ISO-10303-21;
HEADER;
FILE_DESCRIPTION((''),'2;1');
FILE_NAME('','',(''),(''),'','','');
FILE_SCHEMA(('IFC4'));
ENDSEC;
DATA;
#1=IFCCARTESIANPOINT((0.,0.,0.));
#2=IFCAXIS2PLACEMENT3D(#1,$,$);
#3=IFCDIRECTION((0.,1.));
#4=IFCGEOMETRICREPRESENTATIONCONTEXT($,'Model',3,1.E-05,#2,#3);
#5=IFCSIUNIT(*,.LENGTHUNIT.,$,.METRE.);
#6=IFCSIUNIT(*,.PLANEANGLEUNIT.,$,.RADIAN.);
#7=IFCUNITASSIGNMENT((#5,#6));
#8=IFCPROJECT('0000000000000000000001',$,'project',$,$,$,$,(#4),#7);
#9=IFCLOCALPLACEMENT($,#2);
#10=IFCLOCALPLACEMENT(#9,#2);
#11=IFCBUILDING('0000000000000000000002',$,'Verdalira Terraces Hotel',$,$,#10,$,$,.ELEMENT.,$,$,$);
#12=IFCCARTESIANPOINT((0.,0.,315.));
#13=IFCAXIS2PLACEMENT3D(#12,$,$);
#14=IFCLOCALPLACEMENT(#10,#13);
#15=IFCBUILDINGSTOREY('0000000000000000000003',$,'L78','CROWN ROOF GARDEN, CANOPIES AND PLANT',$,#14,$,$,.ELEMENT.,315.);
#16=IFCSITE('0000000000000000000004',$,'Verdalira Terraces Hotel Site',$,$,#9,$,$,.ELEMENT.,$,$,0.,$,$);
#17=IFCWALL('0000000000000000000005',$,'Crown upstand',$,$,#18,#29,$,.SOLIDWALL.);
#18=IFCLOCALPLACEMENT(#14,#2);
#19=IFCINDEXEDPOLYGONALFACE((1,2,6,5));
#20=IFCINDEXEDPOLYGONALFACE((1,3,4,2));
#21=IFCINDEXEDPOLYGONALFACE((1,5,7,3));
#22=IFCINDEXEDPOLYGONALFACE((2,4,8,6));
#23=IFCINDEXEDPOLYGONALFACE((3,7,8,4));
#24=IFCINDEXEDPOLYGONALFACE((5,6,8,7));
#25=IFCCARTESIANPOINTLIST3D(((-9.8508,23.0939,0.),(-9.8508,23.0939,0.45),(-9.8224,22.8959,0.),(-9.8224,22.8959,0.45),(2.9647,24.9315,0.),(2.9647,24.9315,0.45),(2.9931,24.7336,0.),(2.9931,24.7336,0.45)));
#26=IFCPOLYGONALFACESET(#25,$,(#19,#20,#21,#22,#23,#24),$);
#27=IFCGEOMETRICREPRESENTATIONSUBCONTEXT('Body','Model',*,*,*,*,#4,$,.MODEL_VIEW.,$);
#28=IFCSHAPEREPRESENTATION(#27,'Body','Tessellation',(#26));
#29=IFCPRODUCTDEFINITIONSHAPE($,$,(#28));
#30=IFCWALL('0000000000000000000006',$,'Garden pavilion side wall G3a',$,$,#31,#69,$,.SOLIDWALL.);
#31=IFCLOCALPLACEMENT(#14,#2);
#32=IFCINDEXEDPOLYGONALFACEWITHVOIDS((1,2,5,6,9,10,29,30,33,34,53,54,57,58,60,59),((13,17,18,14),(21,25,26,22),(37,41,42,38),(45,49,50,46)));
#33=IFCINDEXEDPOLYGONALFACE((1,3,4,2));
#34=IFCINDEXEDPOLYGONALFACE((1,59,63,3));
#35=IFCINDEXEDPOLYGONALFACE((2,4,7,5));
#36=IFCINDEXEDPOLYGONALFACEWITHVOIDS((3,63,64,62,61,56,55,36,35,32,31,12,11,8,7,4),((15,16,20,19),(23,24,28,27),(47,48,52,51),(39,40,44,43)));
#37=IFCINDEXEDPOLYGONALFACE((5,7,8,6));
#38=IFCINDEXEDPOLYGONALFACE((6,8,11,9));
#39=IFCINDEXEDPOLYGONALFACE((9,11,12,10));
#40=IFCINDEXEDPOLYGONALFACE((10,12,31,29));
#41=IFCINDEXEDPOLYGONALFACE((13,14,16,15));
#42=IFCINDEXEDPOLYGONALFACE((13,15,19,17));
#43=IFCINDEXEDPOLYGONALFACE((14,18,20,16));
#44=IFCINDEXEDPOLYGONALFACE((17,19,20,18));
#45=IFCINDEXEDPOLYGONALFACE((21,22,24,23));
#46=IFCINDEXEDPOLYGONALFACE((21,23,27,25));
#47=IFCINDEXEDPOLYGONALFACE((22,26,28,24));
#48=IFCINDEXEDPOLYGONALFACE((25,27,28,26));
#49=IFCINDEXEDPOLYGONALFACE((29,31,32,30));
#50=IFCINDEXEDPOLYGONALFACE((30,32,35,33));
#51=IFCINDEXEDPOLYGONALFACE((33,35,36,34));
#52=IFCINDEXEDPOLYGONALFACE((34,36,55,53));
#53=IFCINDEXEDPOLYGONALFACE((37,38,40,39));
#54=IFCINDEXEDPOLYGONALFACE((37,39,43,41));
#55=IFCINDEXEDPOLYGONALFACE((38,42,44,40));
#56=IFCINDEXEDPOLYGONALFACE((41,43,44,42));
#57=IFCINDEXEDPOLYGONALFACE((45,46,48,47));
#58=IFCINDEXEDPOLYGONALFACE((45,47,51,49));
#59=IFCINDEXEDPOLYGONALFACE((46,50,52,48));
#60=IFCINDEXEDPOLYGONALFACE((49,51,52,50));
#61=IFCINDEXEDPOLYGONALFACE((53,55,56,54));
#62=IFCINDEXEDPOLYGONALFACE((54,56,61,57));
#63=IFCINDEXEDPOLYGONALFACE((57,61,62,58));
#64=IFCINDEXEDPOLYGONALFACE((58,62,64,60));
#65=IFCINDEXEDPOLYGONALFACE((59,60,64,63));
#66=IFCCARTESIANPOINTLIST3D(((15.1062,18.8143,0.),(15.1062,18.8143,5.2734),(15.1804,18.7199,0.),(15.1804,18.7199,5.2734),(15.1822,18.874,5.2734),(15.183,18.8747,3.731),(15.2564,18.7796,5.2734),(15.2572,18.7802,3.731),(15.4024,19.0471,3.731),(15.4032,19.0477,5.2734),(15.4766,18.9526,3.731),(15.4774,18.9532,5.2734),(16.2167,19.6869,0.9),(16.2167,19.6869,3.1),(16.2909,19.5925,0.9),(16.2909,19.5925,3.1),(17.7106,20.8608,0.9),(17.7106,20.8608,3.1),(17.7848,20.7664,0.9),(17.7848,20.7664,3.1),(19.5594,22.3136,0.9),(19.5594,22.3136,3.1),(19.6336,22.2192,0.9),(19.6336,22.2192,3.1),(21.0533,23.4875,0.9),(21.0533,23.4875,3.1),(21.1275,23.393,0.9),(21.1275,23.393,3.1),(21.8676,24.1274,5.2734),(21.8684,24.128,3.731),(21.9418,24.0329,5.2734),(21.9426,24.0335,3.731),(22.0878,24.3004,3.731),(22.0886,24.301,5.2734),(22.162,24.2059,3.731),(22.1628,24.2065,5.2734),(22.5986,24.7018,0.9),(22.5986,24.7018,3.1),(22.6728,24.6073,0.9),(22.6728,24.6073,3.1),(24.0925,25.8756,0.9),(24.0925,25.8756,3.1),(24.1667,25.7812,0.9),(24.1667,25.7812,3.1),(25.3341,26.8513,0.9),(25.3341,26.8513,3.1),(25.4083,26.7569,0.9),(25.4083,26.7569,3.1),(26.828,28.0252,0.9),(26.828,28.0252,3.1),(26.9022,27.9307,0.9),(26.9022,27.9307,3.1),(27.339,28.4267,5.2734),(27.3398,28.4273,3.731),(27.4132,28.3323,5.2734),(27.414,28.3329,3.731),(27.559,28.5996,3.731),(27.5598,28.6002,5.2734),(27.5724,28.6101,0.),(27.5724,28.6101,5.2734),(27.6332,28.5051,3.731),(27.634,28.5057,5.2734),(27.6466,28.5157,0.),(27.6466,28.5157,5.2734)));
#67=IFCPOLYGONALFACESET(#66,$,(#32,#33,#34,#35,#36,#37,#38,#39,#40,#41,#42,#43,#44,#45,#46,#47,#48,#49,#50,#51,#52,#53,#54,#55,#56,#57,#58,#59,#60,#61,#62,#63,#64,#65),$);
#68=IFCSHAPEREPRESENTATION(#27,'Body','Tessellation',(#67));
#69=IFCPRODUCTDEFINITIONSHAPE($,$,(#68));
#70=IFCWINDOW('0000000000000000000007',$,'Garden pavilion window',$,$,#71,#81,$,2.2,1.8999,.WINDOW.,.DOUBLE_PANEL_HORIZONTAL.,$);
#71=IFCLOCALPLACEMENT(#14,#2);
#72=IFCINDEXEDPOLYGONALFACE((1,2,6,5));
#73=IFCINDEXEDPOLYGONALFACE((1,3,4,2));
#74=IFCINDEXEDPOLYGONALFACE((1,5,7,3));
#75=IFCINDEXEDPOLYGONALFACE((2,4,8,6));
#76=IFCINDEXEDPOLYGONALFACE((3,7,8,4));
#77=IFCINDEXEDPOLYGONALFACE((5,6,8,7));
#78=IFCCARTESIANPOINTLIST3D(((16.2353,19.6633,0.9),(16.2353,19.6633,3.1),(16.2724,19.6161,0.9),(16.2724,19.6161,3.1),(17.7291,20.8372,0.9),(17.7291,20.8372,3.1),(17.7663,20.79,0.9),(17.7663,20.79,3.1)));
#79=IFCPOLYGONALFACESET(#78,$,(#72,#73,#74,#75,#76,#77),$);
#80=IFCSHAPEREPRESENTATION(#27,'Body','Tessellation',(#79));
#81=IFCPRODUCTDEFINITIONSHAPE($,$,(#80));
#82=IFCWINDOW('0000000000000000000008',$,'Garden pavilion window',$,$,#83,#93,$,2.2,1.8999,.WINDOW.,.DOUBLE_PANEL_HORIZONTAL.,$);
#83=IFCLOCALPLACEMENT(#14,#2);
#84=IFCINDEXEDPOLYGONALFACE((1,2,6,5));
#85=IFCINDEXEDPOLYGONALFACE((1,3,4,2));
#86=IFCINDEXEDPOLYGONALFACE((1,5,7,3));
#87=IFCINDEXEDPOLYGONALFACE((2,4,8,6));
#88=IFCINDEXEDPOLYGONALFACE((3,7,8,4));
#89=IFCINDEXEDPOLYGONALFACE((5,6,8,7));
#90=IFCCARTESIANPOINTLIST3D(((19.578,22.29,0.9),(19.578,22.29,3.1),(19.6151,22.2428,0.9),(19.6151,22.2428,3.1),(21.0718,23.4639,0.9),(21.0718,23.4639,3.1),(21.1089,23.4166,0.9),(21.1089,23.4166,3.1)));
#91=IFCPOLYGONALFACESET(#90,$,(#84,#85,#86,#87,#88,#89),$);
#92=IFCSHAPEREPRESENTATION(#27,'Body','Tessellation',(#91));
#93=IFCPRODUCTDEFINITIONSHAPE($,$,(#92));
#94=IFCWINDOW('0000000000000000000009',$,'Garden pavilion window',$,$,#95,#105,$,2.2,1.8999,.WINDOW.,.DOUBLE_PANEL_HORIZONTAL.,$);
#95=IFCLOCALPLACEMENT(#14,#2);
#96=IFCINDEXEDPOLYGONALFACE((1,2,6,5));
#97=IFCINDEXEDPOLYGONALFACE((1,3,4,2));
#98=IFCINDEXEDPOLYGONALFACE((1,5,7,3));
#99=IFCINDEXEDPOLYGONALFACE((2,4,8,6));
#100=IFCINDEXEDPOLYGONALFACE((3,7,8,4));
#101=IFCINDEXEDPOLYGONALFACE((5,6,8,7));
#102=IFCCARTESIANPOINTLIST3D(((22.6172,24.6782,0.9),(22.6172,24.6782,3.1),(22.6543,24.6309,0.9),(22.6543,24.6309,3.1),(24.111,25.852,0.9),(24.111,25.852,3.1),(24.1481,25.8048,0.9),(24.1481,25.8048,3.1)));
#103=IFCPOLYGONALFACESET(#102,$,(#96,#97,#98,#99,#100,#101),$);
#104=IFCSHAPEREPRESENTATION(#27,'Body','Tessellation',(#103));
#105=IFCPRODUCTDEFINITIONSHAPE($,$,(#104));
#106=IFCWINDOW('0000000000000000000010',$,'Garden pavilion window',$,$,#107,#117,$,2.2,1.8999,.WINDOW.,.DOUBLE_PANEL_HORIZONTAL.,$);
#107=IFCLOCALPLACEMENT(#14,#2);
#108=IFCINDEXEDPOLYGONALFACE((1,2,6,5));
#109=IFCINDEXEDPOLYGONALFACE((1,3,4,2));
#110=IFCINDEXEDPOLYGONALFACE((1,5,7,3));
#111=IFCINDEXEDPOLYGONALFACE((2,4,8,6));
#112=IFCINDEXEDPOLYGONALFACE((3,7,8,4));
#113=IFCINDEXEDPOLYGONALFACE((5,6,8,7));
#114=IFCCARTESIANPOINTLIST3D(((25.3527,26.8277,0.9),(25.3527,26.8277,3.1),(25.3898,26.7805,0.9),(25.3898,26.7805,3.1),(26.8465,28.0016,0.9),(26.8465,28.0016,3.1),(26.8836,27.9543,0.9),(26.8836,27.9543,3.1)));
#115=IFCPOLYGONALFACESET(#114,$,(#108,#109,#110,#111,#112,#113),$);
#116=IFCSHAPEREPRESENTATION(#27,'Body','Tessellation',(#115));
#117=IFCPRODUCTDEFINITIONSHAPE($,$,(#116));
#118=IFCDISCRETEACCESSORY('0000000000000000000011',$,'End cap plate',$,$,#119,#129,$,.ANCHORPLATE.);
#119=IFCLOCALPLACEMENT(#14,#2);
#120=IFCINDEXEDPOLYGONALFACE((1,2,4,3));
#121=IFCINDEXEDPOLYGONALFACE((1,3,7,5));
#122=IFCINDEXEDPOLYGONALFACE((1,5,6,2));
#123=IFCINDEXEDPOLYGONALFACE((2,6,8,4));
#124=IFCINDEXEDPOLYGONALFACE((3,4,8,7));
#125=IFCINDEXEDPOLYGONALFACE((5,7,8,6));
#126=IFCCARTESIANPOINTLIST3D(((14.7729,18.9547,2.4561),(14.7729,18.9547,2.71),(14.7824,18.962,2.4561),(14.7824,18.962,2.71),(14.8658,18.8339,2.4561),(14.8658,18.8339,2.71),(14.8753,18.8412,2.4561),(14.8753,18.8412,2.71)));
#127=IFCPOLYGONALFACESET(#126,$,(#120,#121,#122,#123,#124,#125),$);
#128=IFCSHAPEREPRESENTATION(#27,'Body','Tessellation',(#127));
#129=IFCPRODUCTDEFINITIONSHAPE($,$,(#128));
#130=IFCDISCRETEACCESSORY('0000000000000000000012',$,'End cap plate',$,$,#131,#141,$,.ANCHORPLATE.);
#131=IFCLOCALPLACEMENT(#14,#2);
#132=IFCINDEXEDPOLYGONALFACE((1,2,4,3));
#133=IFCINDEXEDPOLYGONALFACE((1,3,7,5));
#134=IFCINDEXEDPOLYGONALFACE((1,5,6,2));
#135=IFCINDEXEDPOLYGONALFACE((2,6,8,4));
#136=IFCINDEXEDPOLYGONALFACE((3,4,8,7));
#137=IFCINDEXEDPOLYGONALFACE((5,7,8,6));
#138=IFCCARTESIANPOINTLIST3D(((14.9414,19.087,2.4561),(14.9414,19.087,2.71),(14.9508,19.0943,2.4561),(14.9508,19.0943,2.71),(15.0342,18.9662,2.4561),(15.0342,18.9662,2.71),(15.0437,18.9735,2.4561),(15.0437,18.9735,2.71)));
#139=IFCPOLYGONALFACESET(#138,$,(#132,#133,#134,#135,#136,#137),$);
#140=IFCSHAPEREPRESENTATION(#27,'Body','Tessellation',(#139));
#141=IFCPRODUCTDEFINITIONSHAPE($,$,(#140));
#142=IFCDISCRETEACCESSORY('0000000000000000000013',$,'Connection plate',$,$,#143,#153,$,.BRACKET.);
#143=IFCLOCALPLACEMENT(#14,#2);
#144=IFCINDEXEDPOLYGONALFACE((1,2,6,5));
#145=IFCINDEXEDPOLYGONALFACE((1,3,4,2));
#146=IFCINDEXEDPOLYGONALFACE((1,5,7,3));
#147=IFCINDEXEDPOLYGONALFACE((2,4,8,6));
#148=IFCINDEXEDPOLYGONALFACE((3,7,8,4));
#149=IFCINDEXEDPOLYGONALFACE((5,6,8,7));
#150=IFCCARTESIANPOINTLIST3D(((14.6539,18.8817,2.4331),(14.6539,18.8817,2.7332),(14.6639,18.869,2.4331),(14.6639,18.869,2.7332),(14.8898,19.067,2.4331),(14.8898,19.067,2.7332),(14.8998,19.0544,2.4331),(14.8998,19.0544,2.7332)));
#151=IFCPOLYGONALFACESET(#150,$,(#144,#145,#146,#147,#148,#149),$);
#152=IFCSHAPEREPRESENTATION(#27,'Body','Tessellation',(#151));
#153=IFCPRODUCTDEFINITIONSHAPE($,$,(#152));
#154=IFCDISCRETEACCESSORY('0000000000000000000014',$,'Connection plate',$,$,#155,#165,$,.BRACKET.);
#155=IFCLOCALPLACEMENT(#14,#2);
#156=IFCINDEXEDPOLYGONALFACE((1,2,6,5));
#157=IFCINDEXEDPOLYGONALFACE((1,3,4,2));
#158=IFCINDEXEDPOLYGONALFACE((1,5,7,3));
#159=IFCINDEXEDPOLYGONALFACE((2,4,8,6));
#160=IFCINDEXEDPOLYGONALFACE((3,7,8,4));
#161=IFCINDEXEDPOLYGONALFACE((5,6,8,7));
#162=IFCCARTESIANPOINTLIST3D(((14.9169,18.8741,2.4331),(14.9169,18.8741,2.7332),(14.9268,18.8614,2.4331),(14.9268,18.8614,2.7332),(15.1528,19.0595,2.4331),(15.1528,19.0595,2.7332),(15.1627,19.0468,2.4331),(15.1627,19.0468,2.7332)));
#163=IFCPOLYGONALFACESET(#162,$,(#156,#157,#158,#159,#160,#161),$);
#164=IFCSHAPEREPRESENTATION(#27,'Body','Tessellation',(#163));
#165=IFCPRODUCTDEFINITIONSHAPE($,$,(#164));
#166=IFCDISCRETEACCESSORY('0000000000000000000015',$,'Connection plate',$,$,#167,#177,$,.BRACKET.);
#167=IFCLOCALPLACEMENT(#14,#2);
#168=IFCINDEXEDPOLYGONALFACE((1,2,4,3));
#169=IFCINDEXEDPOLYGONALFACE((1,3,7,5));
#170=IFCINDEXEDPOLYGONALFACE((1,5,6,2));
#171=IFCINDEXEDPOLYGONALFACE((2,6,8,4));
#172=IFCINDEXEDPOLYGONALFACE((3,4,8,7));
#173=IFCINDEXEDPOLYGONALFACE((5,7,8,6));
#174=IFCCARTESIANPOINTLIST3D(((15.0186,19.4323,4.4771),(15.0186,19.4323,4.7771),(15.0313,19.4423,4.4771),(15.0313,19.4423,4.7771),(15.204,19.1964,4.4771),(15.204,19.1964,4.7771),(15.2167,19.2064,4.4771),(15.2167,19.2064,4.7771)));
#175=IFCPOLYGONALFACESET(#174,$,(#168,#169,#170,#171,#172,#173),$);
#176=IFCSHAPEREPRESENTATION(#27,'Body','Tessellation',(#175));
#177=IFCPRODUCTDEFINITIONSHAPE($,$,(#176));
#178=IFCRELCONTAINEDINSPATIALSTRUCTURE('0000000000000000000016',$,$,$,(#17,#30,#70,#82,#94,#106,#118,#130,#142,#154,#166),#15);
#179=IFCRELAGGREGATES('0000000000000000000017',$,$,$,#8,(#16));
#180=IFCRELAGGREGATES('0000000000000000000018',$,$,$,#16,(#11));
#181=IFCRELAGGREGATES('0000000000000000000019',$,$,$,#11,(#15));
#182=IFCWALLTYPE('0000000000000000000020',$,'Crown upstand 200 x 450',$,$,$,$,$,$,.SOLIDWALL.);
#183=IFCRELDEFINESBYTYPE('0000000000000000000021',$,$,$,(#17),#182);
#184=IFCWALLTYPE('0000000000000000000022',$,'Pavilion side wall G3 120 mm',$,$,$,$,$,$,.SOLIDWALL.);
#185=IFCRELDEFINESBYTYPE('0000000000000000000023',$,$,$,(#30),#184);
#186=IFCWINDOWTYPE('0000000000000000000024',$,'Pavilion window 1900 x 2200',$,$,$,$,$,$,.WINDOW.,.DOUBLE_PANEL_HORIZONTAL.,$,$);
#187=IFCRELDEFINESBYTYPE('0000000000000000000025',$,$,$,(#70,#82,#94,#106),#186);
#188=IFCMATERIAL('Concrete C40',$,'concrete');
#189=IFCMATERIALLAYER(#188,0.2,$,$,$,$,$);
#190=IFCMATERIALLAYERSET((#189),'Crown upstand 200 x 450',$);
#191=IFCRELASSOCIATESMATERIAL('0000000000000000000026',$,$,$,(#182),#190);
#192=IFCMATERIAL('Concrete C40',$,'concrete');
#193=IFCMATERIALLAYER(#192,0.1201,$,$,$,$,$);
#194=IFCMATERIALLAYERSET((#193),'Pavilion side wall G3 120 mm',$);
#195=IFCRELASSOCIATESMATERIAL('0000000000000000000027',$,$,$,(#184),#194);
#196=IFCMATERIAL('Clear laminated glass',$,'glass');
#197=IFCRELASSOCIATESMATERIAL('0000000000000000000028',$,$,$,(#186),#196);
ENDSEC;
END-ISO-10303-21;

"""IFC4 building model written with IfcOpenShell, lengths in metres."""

from ifc_helpers import new_model, si_unit, direction, frame, frame_2d, origin, origin_2d, place, context, subcontext, project, spatial, polyline, rectangle, outline, extrude, material, layer, layer_set, type_object, element, fill, save


model = new_model("IFC4")

# Units and contexts
model_context = context("Model", 3, precision=1e-05, world=origin(), true_north=direction((0.0, 1.0)))
body_context = subcontext(model_context, "Body", "Model", "MODEL_VIEW")
ifc_project = project(units=[si_unit("LENGTHUNIT", "METRE"), si_unit("PLANEANGLEUNIT", "RADIAN")], contexts=[model_context])

# Site, building, storey
site_placement = place(None, origin())
site = spatial("IfcSite", under=ifc_project, at=site_placement, Name="Verdalira Terraces Hotel Site", CompositionType="ELEMENT", RefElevation=0.0)
building_placement = place(site_placement, origin())
building = spatial("IfcBuilding", under=site, at=building_placement, Name="Verdalira Terraces Hotel", CompositionType="ELEMENT")
storey_placement = place(building_placement, frame((0.0, 0.0, 315.0)))
storey = spatial("IfcBuildingStorey", under=building, at=storey_placement, Name="L78", Description="CROWN ROOF GARDEN, CANOPIES AND PLANT", CompositionType="ELEMENT", Elevation=315.0)

# Wall
ifc_material_1 = material(Name="Concrete C40", Category="concrete")
ifc_layer_1 = layer(ifc_material_1, 0.2)
ifc_layer_set_1 = layer_set([ifc_layer_1], Name="Crown upstand 200 x 450")
wall_type_1 = type_object("IfcWallType", Name="Crown upstand 200 x 450", PredefinedType="SOLIDWALL", material=ifc_layer_set_1)
wall_1_placement = place(storey_placement, frame((2.9788, 24.8325, 0.0), z_axis=(0.0, 0.0, 1.0), x_axis=(-0.989875, -0.141941, 0.0)))
element("IfcWall", 1, at=wall_1_placement, inside=storey, type_object=wall_type_1, Name="Crown upstand", PredefinedType="SOLIDWALL", context=body_context, shape_type="SweptSolid", body=[
    extrude(rectangle(XDim=12.9465, YDim=0.2, at=frame_2d((6.4731, 0.0))), origin(), (0.0, 0.0, 1.0), 0.45),
])

# Wall, openings, windows
ifc_material_2 = material(Name="Concrete C40", Category="concrete")
ifc_layer_2 = layer(ifc_material_2, 0.1201)
ifc_layer_set_2 = layer_set([ifc_layer_2], Name="Pavilion side wall G3 120 mm")
wall_type_2 = type_object("IfcWallType", Name="Pavilion side wall G3 120 mm", PredefinedType="SOLIDWALL", material=ifc_layer_set_2)
wall_2_placement = place(storey_placement, frame((15.1433, 18.7671, 0.0), z_axis=(0.0, 0.0, 1.0), x_axis=(0.786289, 0.617858, 0.0)))
wall_2 = element("IfcWall", 2, at=wall_2_placement, inside=storey, type_object=wall_type_2, Name="Garden pavilion side wall G3a", PredefinedType="SOLIDWALL", context=body_context, shape_type="SweptSolid", body=[
    extrude(outline(polyline([(0.0, 0.0), (15.8545, 0.0), (15.8545, 5.2734), (15.8384, 5.2734), (15.8374, 3.731), (15.5586, 3.731), (15.5576, 5.2734), (8.8801, 5.2734), (8.8791, 3.731), (8.6001, 3.731), (8.5991, 5.2734), (0.3777, 5.2734), (0.3767, 3.731), (0.0977, 3.731), (0.0967, 5.2734), (0.0, 5.2734), (0.0, 0.0)])), frame((0.0, 0.0601, 0.0), z_axis=(0.0, -1.0, 0.0), x_axis=(1.0, 0.0, 0.0)), (0.0, 0.0, 1.0), 0.1201),
])
opening_1_placement = place(wall_2_placement, frame((1.4124, 0.0, 0.8999)))
opening_1 = element("IfcOpeningElement", 3, at=opening_1_placement, cuts=wall_2, PredefinedType="OPENING", context=body_context, shape_type="SweptSolid", body=[
    extrude(rectangle(XDim=1.8999, YDim=2.2, at=frame_2d((0.95, 1.1001))), frame((0.0, 0.0701, 0.0), z_axis=(0.0, -1.0, 0.0), x_axis=(1.0, 0.0, 0.0)), (0.0, 0.0, 1.0), 0.1401),
])
opening_2_placement = place(wall_2_placement, frame((5.6636, 0.0, 0.8999)))
opening_2 = element("IfcOpeningElement", 4, at=opening_2_placement, cuts=wall_2, PredefinedType="OPENING", context=body_context, shape_type="SweptSolid", body=[
    extrude(rectangle(XDim=1.8999, YDim=2.2, at=frame_2d((0.95, 1.1001))), frame((0.0, 0.0701, 0.0), z_axis=(0.0, -1.0, 0.0), x_axis=(1.0, 0.0, 0.0)), (0.0, 0.0, 1.0), 0.1401),
])
opening_3_placement = place(wall_2_placement, frame((9.5288, 0.0, 0.8999)))
opening_3 = element("IfcOpeningElement", 5, at=opening_3_placement, cuts=wall_2, PredefinedType="OPENING", context=body_context, shape_type="SweptSolid", body=[
    extrude(rectangle(XDim=1.8999, YDim=2.2, at=frame_2d((0.95, 1.1001))), frame((0.0, 0.0701, 0.0), z_axis=(0.0, -1.0, 0.0), x_axis=(1.0, 0.0, 0.0)), (0.0, 0.0, 1.0), 0.1401),
])
opening_4_placement = place(wall_2_placement, frame((13.0078, 0.0, 0.8999)))
opening_4 = element("IfcOpeningElement", 6, at=opening_4_placement, cuts=wall_2, PredefinedType="OPENING", context=body_context, shape_type="SweptSolid", body=[
    extrude(rectangle(XDim=1.8999, YDim=2.2, at=frame_2d((0.95, 1.1001))), frame((0.0, 0.0701, 0.0), z_axis=(0.0, -1.0, 0.0), x_axis=(1.0, 0.0, 0.0)), (0.0, 0.0, 1.0), 0.1401),
])
ifc_material_3 = material(Name="Clear laminated glass", Category="glass")
window_type = type_object("IfcWindowType", Name="Pavilion window 1900 x 2200", PartitioningType="DOUBLE_PANEL_HORIZONTAL", PredefinedType="WINDOW", material=ifc_material_3)
window_1_placement = place(opening_1_placement, origin())
window_1 = element("IfcWindow", 7, at=window_1_placement, inside=storey, type_object=window_type, Name="Garden pavilion window", OverallHeight=2.2, OverallWidth=1.8999, PartitioningType="DOUBLE_PANEL_HORIZONTAL", PredefinedType="WINDOW", context=body_context, shape_type="SweptSolid", body=[
    extrude(rectangle(XDim=1.8999, YDim=2.2, at=frame_2d((0.95, 1.1001))), frame((0.0, 0.03, 0.0), z_axis=(0.0, -1.0, 0.0), x_axis=(1.0, 0.0, 0.0)), (0.0, 0.0, 1.0), 0.0601),
])
fill(opening_1, window_1)
window_2_placement = place(opening_2_placement, origin())
window_2 = element("IfcWindow", 8, at=window_2_placement, inside=storey, type_object=window_type, Name="Garden pavilion window", OverallHeight=2.2, OverallWidth=1.8999, PartitioningType="DOUBLE_PANEL_HORIZONTAL", PredefinedType="WINDOW", context=body_context, shape_type="SweptSolid", body=[
    extrude(rectangle(XDim=1.8999, YDim=2.2, at=frame_2d((0.95, 1.1001))), frame((0.0, 0.03, 0.0), z_axis=(0.0, -1.0, 0.0), x_axis=(1.0, 0.0, 0.0)), (0.0, 0.0, 1.0), 0.0601),
])
fill(opening_2, window_2)
window_3_placement = place(opening_3_placement, origin())
window_3 = element("IfcWindow", 9, at=window_3_placement, inside=storey, type_object=window_type, Name="Garden pavilion window", OverallHeight=2.2, OverallWidth=1.8999, PartitioningType="DOUBLE_PANEL_HORIZONTAL", PredefinedType="WINDOW", context=body_context, shape_type="SweptSolid", body=[
    extrude(rectangle(XDim=1.8999, YDim=2.2, at=frame_2d((0.95, 1.1001))), frame((0.0, 0.03, 0.0), z_axis=(0.0, -1.0, 0.0), x_axis=(1.0, 0.0, 0.0)), (0.0, 0.0, 1.0), 0.0601),
])
fill(opening_3, window_3)
window_4_placement = place(opening_4_placement, origin())
window_4 = element("IfcWindow", 10, at=window_4_placement, inside=storey, type_object=window_type, Name="Garden pavilion window", OverallHeight=2.2, OverallWidth=1.8999, PartitioningType="DOUBLE_PANEL_HORIZONTAL", PredefinedType="WINDOW", context=body_context, shape_type="SweptSolid", body=[
    extrude(rectangle(XDim=1.8999, YDim=2.2, at=frame_2d((0.95, 1.1001))), frame((0.0, 0.03, 0.0), z_axis=(0.0, -1.0, 0.0), x_axis=(1.0, 0.0, 0.0)), (0.0, 0.0, 1.0), 0.0601),
])
fill(opening_4, window_4)

# Discrete accessories
for number, where, z_axis, x_axis, name in (
    (11, (14.8193, 18.8943, 2.583), (0.792624, 0.609711, 0.0), (-0.609711, 0.792624, 0.0), "End cap plate"),
    (12, (14.9878, 19.0266, 2.583), (0.792624, 0.609711, 0.0), (-0.609711, 0.792624, 0.0), "End cap plate"),
):
    element("IfcDiscreteAccessory", number, at=place(storey_placement, frame(where, z_axis=z_axis, x_axis=x_axis)), inside=storey, Name=name, PredefinedType="ANCHORPLATE", context=body_context, shape_type="SweptSolid", body=[
        extrude(rectangle(XDim=0.1523, YDim=0.2539, at=origin_2d()), origin(), (0.0, 0.0, 1.0), 0.012),
    ])
for number, where, z_axis, x_axis, name in (
    (13, (14.7769, 18.968, 2.4331), (0.0, 0.0, 1.0), (0.786288, 0.61786, 0.0), "Connection plate"),
    (14, (15.0398, 18.9604, 2.4331), (0.0, 0.0, 1.0), (-0.786288, -0.61786, 0.0), "Connection plate"),
    (15, (15.1177, 19.3193, 4.4771), (0.0, 0.0, 1.0), (0.61786, -0.786288, 0.0), "Connection plate"),
):
    element("IfcDiscreteAccessory", number, at=place(storey_placement, frame(where, z_axis=z_axis, x_axis=x_axis)), inside=storey, Name=name, PredefinedType="BRACKET", context=body_context, shape_type="SweptSolid", body=[
        extrude(rectangle(XDim=0.3, YDim=0.0161, at=origin_2d()), origin(), (0.0, 0.0, 1.0), 0.3),
    ])

save(model, "model.ifc")
